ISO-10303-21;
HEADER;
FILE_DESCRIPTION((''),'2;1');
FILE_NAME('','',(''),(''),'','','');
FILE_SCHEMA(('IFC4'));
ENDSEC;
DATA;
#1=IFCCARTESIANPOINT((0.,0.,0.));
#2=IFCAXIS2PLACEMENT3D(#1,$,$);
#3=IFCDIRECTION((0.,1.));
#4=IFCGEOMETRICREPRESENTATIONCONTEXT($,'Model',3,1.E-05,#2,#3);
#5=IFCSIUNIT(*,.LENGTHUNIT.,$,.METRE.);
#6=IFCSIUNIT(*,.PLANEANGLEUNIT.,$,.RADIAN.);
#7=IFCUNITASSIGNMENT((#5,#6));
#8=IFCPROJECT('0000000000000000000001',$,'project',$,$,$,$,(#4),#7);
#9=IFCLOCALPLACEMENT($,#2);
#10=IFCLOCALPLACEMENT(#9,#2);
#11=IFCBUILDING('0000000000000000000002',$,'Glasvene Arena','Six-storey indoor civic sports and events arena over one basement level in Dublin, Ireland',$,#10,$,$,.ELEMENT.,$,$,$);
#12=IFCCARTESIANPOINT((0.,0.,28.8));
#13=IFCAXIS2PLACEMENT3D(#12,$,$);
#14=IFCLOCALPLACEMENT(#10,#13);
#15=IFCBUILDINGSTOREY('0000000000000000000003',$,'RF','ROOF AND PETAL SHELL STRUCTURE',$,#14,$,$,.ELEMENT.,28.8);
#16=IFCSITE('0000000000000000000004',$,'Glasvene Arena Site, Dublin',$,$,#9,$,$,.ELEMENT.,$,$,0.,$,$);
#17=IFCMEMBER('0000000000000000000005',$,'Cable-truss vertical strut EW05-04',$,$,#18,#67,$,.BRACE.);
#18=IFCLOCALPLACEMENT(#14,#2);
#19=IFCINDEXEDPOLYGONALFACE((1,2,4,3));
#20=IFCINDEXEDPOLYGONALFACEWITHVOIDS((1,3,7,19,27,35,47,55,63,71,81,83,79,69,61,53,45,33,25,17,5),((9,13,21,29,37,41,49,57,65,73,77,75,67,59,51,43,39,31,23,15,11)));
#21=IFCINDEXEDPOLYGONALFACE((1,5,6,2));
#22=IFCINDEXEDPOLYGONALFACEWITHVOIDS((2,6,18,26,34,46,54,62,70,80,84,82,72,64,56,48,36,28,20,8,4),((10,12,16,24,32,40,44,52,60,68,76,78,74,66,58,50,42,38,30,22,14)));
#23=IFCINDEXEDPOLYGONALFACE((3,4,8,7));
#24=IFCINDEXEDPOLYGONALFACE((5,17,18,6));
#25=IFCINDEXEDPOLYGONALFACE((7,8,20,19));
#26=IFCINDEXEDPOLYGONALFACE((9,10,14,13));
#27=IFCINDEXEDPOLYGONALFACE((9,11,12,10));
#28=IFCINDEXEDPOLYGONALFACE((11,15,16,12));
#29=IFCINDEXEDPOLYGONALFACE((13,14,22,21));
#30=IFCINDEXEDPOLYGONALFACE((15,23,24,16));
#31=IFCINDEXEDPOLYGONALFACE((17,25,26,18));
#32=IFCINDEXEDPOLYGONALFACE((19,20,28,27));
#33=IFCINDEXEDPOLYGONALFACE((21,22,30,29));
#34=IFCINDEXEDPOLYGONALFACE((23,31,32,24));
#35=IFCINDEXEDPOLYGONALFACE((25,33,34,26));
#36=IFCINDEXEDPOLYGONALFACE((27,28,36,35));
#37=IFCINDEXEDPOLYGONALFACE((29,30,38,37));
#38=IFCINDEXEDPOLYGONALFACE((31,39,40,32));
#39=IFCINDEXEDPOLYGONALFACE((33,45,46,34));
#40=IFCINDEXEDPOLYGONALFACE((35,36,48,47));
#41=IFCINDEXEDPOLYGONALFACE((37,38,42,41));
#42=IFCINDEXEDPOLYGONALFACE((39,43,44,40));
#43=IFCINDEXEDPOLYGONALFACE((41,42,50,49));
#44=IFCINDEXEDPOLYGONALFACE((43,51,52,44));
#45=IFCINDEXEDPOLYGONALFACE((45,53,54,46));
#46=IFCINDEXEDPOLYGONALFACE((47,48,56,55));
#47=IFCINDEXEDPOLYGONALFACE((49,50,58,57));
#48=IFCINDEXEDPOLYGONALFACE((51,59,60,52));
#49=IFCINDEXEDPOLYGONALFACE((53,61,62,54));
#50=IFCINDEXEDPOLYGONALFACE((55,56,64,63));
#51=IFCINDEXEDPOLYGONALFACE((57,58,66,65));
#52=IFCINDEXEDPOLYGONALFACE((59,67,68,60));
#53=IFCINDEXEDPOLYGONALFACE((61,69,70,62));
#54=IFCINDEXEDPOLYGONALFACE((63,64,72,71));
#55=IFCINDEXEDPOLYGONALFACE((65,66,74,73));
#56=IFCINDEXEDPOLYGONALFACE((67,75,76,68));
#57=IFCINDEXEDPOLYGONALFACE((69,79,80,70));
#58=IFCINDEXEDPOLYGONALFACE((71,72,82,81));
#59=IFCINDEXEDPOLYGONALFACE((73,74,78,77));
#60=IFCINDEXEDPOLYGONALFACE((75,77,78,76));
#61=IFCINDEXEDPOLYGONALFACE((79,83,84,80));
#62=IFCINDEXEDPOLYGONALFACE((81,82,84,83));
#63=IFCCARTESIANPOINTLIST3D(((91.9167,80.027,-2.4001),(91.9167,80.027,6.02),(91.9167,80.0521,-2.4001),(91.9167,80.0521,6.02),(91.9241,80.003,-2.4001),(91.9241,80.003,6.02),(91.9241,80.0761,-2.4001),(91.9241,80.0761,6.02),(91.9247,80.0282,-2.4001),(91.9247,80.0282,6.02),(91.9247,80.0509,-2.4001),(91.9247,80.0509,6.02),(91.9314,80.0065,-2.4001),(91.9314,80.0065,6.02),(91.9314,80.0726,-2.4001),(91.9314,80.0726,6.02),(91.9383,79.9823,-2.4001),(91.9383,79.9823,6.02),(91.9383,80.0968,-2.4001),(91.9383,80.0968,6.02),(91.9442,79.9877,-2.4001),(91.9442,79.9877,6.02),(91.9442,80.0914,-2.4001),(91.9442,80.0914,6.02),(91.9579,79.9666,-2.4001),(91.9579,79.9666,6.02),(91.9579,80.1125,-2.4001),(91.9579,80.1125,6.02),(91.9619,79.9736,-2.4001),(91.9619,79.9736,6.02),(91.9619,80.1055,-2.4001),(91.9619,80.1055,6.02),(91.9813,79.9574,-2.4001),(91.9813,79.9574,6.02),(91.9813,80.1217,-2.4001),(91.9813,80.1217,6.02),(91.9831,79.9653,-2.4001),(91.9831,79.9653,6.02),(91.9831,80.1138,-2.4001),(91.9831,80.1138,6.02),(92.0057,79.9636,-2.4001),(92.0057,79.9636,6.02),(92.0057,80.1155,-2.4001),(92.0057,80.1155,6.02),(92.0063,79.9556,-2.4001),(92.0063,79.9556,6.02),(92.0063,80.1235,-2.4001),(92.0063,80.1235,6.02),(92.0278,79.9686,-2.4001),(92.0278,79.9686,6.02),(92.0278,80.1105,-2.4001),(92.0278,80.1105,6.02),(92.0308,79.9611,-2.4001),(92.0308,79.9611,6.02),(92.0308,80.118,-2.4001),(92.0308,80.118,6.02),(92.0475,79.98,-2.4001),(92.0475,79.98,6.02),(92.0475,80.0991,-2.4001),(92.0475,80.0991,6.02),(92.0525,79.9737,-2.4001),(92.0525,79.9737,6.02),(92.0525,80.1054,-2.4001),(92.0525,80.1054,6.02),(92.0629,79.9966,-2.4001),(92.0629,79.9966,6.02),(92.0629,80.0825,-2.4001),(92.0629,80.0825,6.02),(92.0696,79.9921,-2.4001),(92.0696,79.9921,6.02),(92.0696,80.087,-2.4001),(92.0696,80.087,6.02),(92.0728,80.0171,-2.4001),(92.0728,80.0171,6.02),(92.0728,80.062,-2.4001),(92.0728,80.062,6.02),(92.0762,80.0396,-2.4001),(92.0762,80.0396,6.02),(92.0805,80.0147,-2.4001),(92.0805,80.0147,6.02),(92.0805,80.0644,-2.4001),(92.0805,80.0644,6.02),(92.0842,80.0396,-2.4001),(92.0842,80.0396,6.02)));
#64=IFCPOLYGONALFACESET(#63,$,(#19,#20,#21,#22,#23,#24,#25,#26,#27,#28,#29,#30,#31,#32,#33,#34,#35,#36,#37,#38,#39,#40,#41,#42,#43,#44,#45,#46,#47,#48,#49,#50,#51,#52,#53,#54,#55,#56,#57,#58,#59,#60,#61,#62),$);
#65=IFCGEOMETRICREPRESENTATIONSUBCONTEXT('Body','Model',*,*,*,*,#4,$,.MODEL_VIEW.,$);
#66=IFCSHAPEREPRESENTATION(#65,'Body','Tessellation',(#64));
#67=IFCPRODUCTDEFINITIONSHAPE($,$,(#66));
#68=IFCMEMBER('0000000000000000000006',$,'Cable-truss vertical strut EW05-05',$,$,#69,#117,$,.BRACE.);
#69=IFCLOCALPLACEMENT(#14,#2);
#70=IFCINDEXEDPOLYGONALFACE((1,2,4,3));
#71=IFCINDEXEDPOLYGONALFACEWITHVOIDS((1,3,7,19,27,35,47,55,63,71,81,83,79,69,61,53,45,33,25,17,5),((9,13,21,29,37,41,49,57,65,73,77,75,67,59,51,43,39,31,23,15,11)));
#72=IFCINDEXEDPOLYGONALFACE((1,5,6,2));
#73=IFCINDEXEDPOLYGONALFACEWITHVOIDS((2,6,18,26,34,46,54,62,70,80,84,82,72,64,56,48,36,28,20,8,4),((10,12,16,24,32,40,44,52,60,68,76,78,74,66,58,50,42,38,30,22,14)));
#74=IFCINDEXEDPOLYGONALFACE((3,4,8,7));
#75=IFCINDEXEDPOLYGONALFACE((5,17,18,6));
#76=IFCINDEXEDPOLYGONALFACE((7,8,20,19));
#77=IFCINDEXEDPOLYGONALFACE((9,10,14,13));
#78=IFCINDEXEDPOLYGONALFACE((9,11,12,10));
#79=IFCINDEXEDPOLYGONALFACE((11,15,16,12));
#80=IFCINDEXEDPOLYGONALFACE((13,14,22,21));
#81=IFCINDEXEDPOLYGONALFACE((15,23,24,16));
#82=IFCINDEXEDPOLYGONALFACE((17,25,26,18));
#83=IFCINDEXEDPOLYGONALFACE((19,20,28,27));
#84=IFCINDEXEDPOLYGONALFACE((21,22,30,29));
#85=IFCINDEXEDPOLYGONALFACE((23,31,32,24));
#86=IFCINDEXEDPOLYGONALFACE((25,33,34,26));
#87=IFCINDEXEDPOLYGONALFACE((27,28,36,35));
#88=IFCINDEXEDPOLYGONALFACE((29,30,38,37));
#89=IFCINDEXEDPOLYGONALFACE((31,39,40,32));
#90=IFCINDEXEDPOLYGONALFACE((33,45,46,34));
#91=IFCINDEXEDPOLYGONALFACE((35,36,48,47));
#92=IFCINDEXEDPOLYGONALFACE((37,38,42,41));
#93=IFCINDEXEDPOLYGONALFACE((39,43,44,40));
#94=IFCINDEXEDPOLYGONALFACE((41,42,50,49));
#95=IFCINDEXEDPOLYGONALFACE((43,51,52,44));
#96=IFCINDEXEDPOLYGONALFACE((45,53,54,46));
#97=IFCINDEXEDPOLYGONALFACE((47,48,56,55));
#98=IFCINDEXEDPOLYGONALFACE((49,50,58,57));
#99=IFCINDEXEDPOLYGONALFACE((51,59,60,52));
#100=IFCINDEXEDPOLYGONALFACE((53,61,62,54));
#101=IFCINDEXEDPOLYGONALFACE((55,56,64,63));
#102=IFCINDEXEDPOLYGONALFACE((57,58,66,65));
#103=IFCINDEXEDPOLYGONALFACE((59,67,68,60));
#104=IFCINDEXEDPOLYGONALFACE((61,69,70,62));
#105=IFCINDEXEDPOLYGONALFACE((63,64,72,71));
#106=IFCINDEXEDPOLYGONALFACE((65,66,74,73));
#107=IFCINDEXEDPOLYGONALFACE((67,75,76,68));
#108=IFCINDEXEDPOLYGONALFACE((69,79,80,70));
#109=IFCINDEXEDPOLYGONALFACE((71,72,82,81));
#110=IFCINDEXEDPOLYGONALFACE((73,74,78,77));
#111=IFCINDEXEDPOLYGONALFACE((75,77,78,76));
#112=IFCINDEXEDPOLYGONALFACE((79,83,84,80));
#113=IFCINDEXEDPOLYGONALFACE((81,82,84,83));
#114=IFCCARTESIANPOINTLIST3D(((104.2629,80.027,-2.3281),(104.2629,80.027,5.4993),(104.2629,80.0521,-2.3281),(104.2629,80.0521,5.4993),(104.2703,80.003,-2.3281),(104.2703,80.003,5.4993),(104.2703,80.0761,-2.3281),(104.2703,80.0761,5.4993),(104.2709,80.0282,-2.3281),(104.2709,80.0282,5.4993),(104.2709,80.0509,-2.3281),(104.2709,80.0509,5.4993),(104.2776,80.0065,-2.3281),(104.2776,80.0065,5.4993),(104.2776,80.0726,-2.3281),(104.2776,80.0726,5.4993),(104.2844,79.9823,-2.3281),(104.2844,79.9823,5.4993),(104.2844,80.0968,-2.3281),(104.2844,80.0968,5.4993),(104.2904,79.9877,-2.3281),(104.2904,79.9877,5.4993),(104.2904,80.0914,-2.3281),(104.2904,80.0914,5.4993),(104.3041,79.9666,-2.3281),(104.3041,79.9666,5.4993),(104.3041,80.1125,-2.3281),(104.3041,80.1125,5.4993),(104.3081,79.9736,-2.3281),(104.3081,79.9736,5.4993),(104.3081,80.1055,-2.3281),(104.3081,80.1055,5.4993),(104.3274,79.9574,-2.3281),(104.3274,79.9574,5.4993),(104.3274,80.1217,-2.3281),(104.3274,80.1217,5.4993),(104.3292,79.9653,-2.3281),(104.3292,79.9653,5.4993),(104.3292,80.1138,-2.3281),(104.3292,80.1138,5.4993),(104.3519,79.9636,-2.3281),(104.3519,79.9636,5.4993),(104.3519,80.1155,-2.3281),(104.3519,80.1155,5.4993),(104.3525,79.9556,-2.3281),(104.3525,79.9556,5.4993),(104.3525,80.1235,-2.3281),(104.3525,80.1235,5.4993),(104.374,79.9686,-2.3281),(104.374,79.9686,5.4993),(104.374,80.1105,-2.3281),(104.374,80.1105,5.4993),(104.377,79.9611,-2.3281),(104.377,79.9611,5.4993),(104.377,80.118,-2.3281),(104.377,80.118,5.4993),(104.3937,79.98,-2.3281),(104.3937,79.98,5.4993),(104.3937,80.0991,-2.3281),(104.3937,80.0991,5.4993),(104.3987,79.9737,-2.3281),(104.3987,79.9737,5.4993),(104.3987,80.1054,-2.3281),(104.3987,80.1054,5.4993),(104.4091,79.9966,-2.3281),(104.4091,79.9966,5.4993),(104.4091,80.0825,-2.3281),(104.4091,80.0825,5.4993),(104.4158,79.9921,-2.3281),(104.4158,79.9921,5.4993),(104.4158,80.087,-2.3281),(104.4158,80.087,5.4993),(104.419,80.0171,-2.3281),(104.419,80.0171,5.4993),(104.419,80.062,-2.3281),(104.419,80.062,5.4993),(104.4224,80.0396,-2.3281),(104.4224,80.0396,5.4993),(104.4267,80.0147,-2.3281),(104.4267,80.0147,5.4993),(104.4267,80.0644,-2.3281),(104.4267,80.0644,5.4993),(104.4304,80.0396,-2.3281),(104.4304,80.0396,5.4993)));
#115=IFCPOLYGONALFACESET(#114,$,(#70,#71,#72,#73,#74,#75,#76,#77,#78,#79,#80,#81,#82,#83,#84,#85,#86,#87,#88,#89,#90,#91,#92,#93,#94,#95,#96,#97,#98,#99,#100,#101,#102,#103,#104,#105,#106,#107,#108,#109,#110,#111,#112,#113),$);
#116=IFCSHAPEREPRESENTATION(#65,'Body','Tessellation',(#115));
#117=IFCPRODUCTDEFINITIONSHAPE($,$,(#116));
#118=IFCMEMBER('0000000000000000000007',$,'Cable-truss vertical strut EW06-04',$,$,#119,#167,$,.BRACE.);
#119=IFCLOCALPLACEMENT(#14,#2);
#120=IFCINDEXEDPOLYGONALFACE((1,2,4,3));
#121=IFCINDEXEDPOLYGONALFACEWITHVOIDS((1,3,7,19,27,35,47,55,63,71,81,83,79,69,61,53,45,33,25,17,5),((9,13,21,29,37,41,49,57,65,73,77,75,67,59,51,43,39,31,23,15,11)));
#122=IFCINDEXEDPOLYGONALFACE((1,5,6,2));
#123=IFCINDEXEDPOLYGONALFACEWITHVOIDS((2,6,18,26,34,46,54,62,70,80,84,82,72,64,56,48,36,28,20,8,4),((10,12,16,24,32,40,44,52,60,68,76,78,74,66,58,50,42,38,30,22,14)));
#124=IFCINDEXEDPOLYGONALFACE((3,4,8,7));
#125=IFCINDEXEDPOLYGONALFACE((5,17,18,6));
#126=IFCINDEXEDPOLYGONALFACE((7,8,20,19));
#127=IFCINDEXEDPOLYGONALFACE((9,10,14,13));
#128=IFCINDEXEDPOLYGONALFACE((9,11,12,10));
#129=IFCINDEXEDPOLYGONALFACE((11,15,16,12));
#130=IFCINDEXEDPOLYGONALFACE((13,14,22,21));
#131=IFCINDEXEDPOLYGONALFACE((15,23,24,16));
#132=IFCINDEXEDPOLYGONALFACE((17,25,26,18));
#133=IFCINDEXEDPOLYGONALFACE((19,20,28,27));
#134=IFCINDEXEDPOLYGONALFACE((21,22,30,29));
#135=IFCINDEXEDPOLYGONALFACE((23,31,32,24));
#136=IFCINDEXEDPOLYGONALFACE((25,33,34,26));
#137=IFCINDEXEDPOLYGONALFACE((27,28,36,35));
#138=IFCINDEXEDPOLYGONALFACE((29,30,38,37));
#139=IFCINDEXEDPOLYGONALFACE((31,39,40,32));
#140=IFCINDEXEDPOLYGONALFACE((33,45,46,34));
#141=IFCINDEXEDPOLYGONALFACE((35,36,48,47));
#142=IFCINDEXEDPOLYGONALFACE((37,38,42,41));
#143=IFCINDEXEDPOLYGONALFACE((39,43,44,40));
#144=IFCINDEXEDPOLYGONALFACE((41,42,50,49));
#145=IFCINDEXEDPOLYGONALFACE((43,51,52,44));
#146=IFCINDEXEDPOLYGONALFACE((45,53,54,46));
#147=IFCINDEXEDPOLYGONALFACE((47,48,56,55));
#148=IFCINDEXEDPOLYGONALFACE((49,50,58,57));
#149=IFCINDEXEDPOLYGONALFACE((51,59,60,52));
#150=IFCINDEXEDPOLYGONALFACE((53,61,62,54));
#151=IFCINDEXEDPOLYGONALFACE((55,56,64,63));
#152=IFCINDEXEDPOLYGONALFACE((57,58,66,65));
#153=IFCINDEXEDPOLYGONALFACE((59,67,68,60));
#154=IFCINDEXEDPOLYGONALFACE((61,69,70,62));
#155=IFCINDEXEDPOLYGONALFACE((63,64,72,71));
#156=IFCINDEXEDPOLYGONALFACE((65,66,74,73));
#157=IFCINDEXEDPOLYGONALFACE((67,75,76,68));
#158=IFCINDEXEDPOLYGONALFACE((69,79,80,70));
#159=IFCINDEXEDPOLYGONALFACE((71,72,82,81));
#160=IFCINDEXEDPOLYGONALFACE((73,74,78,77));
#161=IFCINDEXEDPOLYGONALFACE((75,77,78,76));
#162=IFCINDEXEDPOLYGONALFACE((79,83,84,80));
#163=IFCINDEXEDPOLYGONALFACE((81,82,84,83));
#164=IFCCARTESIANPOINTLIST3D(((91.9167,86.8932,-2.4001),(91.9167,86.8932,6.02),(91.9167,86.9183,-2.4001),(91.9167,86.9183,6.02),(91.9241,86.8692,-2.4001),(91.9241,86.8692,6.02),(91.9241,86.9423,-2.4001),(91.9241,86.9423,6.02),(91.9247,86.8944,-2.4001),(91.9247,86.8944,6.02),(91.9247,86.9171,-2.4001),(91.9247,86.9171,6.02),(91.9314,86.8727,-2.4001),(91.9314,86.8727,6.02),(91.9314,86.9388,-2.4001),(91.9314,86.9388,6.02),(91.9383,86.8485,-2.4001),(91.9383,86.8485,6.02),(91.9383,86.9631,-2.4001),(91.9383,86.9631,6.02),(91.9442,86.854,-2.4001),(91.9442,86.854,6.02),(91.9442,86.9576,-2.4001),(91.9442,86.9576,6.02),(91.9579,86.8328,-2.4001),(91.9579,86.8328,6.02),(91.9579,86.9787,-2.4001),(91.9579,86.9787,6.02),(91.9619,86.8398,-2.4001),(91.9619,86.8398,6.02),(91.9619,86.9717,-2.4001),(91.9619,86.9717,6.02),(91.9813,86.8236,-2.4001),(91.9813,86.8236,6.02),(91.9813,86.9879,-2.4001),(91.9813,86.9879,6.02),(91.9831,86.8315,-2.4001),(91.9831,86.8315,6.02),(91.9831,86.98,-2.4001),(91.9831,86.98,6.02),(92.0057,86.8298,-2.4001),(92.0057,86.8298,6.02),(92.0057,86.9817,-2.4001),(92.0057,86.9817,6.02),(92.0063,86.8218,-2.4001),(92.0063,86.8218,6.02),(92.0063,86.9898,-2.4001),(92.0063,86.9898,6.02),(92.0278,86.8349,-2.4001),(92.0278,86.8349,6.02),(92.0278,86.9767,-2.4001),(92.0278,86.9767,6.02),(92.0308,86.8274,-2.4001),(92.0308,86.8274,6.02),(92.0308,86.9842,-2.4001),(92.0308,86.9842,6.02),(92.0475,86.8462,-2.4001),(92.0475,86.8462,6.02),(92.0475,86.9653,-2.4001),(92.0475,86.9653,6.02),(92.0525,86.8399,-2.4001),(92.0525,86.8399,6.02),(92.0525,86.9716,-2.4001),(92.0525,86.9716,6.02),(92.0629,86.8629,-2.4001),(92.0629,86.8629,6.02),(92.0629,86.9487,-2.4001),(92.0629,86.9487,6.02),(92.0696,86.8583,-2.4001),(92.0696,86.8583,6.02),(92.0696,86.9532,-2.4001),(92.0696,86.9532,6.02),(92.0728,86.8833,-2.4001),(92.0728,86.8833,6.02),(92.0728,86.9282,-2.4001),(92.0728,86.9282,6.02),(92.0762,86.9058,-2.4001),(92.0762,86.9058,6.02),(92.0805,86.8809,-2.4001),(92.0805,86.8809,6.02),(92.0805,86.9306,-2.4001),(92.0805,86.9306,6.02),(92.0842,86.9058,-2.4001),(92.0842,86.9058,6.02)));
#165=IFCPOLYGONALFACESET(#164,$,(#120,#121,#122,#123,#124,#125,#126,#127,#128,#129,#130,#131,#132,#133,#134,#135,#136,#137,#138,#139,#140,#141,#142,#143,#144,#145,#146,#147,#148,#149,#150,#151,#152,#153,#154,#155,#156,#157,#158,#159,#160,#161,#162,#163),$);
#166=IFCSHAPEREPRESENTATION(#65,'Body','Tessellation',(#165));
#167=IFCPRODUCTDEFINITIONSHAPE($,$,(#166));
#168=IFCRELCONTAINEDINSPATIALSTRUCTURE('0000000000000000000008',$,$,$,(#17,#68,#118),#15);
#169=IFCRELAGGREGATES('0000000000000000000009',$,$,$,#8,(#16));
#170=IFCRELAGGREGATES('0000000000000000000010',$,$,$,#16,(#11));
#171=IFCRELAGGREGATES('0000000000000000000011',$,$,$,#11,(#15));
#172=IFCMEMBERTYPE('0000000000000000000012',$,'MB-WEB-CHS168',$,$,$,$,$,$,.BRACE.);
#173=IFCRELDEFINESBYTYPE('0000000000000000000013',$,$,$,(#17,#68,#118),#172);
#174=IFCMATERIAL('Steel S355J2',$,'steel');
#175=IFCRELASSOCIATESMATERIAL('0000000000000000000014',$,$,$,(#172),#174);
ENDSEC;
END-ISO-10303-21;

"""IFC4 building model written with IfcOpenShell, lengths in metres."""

from ifc_helpers import new_model, si_unit, direction, frame, origin, origin_2d, place, context, subcontext, project, spatial, hollow_circle, extrude, material, material_profile, profile_set, type_object, element, save


model = new_model("IFC4")

# Units and contexts
model_context = context("Model", 3, precision=1e-05, world=origin(), true_north=direction((0.0, 1.0)))
body_context = subcontext(model_context, "Body", "Model", "MODEL_VIEW")
ifc_project = project(units=[si_unit("LENGTHUNIT", "METRE"), si_unit("PLANEANGLEUNIT", "RADIAN")], contexts=[model_context])

# Site, building, storey
site_placement = place(None, origin())
site = spatial("IfcSite", under=ifc_project, at=site_placement, Name="Glasvene Arena Site, Dublin", CompositionType="ELEMENT", RefElevation=0.0)
building_placement = place(site_placement, origin())
building = spatial("IfcBuilding", under=site, at=building_placement, Name="Glasvene Arena", Description="Six-storey indoor civic sports and events arena over one basement level in Dublin, Ireland", CompositionType="ELEMENT")
storey_placement = place(building_placement, frame((0.0, 0.0, 28.8)))
storey = spatial("IfcBuildingStorey", under=building, at=storey_placement, Name="RF", Description="ROOF AND PETAL SHELL STRUCTURE", CompositionType="ELEMENT", Elevation=28.8)

# Members
ifc_material_1 = material(Name="Steel S355J2", Category="steel")
ifc_material_profile_1 = material_profile(ifc_material_1, hollow_circle(Radius=0.0842, WallThickness=0.0081, at=origin_2d()), Name="CHS 168.3x8.0")
ifc_profile_set_1 = profile_set([ifc_material_profile_1], Name="Steel S355J2")
member_type_1 = type_object("IfcMemberType", Name="MB-WEB-CHS168", PredefinedType="BRACE", material=ifc_profile_set_1)
member_1_placement = place(storey_placement, frame((92.0, 80.0396, -2.4001), z_axis=(0.0, 0.0, 1.0), x_axis=(1.0, 0.0, 0.0)))
element("IfcMember", 1, at=member_1_placement, inside=storey, type_object=member_type_1, Name="Cable-truss vertical strut EW05-04", PredefinedType="BRACE", context=body_context, shape_type="SweptSolid", body=[
    extrude(hollow_circle(Radius=0.0842, WallThickness=0.0081, at=origin_2d()), origin(), (0.0, 0.0, 1.0), 8.4202),
])
member_2_placement = place(storey_placement, frame((104.3462, 80.0396, -2.3281), z_axis=(0.0, 0.0, 1.0), x_axis=(1.0, 0.0, 0.0)))
element("IfcMember", 2, at=member_2_placement, inside=storey, type_object=member_type_1, Name="Cable-truss vertical strut EW05-05", PredefinedType="BRACE", context=body_context, shape_type="SweptSolid", body=[
    extrude(hollow_circle(Radius=0.0842, WallThickness=0.0081, at=origin_2d()), origin(), (0.0, 0.0, 1.0), 7.8274),
])
member_3_placement = place(storey_placement, frame((92.0, 86.9058, -2.4001), z_axis=(0.0, 0.0, 1.0), x_axis=(1.0, 0.0, 0.0)))
element("IfcMember", 3, at=member_3_placement, inside=storey, type_object=member_type_1, Name="Cable-truss vertical strut EW06-04", PredefinedType="BRACE", context=body_context, shape_type="SweptSolid", body=[
    extrude(hollow_circle(Radius=0.0842, WallThickness=0.0081, at=origin_2d()), origin(), (0.0, 0.0, 1.0), 8.4202),
])

save(model, "model.ifc")
